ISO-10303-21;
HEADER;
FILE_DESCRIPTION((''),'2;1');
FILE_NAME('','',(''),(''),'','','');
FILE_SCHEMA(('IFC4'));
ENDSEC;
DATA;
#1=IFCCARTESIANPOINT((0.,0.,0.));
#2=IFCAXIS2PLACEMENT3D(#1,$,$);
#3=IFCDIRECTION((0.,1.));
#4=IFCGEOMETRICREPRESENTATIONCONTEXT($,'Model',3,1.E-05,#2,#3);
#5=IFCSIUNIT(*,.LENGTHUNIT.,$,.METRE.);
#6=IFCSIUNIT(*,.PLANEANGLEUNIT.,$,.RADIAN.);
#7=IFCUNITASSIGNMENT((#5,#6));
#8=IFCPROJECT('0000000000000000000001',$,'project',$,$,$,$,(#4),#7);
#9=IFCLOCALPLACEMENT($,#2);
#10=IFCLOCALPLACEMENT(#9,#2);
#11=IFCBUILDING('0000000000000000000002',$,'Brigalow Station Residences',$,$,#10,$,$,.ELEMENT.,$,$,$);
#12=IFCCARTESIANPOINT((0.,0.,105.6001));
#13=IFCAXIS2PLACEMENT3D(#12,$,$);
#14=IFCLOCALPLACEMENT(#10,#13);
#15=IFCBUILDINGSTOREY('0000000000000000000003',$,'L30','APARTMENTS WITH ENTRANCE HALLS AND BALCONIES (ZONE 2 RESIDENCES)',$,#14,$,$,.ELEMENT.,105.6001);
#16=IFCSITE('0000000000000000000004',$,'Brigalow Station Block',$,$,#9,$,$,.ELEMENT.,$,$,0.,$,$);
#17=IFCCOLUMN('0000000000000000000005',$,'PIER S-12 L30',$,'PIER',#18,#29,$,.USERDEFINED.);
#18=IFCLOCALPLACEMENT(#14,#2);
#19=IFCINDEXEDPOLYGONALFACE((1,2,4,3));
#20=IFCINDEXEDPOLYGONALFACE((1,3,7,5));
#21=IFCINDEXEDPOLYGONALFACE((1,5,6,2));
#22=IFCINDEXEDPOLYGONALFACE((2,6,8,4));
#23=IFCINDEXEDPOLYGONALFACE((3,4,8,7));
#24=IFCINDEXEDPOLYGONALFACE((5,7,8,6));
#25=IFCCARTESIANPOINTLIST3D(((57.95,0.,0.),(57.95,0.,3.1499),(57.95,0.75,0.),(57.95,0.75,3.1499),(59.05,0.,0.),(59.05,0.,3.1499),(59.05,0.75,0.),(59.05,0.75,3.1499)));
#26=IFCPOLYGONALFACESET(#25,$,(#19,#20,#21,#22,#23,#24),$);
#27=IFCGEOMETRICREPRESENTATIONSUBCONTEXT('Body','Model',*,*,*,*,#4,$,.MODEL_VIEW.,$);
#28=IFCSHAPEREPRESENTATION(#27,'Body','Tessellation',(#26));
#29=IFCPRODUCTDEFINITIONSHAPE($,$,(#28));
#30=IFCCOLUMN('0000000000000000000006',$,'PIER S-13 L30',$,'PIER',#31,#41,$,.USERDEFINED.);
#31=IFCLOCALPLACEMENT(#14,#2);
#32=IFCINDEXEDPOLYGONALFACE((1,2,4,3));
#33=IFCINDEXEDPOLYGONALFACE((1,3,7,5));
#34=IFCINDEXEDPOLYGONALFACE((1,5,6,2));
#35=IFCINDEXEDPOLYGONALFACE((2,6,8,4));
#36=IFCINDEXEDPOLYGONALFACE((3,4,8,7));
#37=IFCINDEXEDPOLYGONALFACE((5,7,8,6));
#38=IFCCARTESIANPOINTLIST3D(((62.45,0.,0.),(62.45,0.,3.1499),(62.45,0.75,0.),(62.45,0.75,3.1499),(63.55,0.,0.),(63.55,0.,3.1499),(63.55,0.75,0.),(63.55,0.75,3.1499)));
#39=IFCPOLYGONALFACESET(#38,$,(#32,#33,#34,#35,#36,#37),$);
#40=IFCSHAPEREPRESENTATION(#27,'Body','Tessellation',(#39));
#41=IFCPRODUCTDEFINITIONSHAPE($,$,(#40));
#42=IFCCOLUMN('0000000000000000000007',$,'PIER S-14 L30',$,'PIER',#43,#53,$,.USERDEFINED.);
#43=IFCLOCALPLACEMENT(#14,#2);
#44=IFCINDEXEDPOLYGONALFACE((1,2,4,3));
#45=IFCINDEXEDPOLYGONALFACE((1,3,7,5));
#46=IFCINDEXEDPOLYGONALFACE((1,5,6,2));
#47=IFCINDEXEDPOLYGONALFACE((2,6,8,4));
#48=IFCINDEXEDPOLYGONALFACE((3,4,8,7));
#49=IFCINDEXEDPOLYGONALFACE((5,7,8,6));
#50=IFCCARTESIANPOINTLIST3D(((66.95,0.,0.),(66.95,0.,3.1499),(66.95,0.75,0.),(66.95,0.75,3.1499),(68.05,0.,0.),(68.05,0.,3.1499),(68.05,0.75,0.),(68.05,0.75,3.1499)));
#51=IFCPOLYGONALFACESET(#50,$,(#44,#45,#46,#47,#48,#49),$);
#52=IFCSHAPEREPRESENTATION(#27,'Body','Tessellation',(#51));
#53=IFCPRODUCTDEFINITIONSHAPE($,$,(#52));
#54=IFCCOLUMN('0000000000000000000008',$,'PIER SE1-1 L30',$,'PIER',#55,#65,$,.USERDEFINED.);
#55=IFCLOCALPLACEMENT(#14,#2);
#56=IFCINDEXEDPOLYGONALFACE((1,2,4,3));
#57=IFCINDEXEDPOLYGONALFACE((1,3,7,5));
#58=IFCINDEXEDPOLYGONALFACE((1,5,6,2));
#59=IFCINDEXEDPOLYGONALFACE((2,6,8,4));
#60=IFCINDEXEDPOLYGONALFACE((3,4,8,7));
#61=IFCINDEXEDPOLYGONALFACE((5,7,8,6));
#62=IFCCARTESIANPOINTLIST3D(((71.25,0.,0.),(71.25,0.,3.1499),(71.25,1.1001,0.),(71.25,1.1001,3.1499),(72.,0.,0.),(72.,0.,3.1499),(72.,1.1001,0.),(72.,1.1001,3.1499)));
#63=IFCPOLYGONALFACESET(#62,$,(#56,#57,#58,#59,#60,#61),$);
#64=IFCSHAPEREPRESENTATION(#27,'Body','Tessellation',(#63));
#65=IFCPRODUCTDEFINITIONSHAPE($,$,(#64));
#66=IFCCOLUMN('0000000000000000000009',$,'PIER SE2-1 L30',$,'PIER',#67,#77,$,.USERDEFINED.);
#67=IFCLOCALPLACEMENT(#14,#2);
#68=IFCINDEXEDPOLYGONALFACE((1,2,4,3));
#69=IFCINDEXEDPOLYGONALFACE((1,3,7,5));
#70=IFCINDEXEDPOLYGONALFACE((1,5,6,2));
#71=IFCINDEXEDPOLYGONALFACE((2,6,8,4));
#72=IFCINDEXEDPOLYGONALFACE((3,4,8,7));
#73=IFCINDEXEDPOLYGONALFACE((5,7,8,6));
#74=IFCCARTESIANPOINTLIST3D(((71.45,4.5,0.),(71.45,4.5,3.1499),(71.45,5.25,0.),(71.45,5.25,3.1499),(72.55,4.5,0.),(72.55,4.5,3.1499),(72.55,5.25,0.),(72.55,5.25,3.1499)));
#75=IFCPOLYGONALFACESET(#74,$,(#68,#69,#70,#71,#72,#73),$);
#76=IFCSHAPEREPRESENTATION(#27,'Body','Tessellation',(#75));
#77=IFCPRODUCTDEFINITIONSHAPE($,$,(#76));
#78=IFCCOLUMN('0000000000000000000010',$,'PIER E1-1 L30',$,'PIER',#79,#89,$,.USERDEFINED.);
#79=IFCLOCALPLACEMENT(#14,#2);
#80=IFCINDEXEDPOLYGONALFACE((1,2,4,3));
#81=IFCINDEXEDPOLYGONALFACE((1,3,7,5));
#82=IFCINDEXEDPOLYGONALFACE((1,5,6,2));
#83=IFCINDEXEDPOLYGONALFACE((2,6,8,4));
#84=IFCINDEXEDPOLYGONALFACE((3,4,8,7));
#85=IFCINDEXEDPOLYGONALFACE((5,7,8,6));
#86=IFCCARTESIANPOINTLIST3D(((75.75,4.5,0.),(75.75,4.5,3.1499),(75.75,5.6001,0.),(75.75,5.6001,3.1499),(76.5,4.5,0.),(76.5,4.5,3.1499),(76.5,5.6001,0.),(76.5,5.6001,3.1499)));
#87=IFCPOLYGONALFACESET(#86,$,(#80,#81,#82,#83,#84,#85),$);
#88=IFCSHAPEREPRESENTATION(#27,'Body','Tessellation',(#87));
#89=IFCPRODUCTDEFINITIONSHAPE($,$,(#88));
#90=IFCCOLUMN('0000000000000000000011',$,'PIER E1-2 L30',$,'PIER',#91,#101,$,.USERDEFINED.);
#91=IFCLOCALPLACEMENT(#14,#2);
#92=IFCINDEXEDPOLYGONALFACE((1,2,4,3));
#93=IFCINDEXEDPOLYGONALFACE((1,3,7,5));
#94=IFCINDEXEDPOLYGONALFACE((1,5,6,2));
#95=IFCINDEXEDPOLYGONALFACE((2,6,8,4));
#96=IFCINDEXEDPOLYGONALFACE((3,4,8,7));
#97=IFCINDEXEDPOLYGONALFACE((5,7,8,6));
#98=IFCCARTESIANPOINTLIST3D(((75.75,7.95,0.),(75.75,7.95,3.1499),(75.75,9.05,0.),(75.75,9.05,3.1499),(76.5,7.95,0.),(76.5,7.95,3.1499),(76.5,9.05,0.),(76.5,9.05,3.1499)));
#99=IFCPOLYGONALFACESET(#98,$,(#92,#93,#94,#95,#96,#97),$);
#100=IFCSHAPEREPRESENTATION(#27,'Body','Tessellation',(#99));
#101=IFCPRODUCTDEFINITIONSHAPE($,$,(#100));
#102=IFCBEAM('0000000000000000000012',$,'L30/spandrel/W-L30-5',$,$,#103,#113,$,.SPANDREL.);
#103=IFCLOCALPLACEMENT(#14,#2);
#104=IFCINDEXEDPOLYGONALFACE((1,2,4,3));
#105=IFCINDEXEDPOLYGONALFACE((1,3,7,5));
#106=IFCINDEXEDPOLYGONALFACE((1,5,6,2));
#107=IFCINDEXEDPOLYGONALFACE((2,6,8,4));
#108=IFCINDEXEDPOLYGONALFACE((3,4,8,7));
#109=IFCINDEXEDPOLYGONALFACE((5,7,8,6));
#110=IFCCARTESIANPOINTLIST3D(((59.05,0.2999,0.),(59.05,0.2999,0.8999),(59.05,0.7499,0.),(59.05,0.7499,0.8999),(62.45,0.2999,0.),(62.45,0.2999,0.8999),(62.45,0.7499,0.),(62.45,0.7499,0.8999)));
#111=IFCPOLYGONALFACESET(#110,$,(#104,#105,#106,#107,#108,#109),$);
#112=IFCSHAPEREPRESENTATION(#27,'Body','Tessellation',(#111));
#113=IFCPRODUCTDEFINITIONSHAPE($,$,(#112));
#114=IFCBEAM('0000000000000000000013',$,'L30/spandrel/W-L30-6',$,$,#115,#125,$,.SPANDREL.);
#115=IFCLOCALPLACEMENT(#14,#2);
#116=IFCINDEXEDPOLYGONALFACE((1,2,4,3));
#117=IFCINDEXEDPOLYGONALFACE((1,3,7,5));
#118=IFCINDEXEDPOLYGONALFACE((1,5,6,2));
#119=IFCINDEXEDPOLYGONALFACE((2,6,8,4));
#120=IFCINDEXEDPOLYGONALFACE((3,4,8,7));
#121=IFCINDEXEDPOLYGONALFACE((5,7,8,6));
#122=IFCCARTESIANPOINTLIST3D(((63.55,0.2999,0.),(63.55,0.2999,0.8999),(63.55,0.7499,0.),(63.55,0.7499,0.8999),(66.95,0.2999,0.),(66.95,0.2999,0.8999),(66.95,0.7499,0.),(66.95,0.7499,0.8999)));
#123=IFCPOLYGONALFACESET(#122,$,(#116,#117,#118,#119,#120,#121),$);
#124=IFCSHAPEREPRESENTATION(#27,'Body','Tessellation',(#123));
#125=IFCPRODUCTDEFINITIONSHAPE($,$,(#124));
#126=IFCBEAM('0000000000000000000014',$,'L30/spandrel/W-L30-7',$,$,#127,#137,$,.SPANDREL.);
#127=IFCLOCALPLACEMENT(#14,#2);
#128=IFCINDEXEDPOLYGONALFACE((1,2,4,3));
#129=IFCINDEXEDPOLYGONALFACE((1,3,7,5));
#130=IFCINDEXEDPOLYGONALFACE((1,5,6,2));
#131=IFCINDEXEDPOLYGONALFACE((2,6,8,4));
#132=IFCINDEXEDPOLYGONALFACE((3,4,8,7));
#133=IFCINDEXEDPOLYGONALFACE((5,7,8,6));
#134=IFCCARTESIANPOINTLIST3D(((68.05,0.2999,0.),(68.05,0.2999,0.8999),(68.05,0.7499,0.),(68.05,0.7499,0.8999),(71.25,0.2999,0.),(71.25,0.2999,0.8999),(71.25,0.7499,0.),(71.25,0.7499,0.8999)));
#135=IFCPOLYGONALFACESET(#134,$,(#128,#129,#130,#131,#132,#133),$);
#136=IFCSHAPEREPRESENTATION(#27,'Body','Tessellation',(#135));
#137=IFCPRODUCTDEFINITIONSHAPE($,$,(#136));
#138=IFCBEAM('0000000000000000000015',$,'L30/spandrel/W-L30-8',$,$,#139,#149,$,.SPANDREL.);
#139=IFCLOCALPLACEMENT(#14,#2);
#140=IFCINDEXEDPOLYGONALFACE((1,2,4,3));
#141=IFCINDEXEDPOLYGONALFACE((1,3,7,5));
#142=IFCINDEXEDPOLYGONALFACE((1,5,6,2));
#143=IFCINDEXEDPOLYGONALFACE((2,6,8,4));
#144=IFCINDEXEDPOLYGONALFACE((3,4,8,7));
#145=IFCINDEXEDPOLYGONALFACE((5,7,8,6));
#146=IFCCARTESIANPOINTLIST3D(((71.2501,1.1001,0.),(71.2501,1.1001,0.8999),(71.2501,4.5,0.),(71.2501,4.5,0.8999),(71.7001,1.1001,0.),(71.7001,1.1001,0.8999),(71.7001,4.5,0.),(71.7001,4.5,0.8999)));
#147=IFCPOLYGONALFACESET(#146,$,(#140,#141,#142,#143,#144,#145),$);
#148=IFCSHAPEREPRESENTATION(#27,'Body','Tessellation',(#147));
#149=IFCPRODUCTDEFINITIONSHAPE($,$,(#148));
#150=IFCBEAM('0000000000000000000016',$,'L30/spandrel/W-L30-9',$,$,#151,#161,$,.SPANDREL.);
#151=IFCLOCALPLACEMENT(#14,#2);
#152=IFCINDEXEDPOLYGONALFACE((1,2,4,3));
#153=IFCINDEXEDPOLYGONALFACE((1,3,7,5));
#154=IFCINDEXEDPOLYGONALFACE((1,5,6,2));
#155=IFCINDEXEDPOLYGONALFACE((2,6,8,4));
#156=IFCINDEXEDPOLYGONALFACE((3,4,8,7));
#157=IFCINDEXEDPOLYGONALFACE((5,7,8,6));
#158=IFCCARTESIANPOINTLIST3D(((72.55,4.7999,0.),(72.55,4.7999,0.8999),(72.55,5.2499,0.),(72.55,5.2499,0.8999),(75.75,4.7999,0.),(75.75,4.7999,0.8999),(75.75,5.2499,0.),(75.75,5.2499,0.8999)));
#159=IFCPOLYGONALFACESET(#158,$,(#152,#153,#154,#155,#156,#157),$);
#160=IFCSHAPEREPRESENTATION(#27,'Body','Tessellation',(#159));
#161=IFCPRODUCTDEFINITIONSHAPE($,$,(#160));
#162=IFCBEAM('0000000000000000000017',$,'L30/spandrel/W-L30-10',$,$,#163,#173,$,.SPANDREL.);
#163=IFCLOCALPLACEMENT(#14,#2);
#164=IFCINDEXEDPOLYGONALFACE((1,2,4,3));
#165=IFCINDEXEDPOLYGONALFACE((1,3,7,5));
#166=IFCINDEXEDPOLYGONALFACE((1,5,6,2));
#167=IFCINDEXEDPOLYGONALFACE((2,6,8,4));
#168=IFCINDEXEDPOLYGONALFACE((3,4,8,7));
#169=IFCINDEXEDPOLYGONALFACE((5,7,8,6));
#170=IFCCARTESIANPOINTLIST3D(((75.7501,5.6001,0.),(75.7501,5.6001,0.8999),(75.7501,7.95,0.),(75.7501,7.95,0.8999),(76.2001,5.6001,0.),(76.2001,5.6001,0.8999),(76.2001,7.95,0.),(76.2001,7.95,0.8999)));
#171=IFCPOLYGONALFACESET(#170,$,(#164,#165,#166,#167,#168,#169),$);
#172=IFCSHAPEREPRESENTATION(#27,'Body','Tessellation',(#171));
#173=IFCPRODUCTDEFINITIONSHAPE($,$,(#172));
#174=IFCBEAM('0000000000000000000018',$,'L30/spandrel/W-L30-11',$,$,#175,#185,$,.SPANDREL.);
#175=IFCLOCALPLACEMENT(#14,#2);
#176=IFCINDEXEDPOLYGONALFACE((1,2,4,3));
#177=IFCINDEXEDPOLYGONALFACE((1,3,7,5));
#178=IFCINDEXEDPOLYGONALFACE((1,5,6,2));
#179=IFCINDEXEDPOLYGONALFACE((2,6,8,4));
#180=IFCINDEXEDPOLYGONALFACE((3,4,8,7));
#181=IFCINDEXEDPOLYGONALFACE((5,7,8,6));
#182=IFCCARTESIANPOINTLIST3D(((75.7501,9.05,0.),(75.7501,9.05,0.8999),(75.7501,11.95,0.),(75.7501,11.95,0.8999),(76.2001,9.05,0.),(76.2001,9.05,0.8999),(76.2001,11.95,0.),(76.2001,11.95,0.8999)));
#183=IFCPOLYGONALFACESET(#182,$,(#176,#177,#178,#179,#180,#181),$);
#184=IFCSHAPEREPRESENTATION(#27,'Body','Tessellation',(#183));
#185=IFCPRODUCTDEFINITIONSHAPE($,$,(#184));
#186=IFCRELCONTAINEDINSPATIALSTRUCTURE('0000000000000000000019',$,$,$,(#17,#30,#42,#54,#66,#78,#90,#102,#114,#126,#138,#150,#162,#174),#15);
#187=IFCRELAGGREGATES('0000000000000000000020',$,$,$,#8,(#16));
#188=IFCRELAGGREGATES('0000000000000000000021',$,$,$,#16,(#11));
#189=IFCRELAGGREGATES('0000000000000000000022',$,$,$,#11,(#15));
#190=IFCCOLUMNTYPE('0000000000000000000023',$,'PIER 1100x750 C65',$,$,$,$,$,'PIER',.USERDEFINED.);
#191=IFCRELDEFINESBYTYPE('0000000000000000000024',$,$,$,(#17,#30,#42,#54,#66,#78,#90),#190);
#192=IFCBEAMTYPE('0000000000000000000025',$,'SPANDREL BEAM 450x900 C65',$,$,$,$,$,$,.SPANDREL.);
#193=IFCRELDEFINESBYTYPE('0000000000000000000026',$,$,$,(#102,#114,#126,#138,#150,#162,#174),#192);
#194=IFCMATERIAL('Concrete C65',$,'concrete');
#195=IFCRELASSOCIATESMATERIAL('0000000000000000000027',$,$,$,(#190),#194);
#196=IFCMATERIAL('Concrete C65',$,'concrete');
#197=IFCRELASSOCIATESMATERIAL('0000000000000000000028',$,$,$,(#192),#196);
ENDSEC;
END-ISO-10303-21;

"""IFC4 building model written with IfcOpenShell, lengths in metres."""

from ifc_helpers import new_model, si_unit, direction, frame, origin, origin_2d, place, context, subcontext, project, spatial, rectangle, extrude, material, material_profile, profile_set, type_object, element, save


model = new_model("IFC4")

# Units and contexts
model_context = context("Model", 3, precision=1e-05, world=origin(), true_north=direction((0.0, 1.0)))
body_context = subcontext(model_context, "Body", "Model", "MODEL_VIEW")
ifc_project = project(units=[si_unit("LENGTHUNIT", "METRE"), si_unit("PLANEANGLEUNIT", "RADIAN")], contexts=[model_context])

# Site, building, storey
site_placement = place(None, origin())
site = spatial("IfcSite", under=ifc_project, at=site_placement, Name="Brigalow Station Block", CompositionType="ELEMENT", RefElevation=0.0)
building_placement = place(site_placement, origin())
building = spatial("IfcBuilding", under=site, at=building_placement, Name="Brigalow Station Residences", CompositionType="ELEMENT")
storey_placement = place(building_placement, frame((0.0, 0.0, 105.6001)))
storey = spatial("IfcBuildingStorey", under=building, at=storey_placement, Name="L30", Description="APARTMENTS WITH ENTRANCE HALLS AND BALCONIES (ZONE 2 RESIDENCES)", CompositionType="ELEMENT", Elevation=105.6001)

# Columns
ifc_material_1 = material(Name="Concrete C65", Category="concrete")
ifc_material_profile_1 = material_profile(ifc_material_1, rectangle(XDim=1.1001, YDim=0.75, at=origin_2d()), Name="RC1100x750")
ifc_profile_set_1 = profile_set([ifc_material_profile_1], Name="Concrete C65")
column_type = type_object("IfcColumnType", Name="PIER 1100x750 C65", ElementType="PIER", PredefinedType="USERDEFINED", material=ifc_profile_set_1)
for number, where, z_axis, x_axis, name in (
    (1, (58.5, 0.375, 0.0), (0.0, 0.0, 1.0), (1.0, 0.0, 0.0), "PIER S-12 L30"),
    (2, (63.0, 0.375, 0.0), (0.0, 0.0, 1.0), (1.0, 0.0, 0.0), "PIER S-13 L30"),
    (3, (67.5, 0.375, 0.0), (0.0, 0.0, 1.0), (1.0, 0.0, 0.0), "PIER S-14 L30"),
    (4, (71.625, 0.55, 0.0), (0.0, 0.0, 1.0), (0.0, 1.0, 0.0), "PIER SE1-1 L30"),
    (5, (72.0, 4.875, 0.0), (0.0, 0.0, 1.0), (1.0, 0.0, 0.0), "PIER SE2-1 L30"),
    (6, (76.125, 5.05, 0.0), (0.0, 0.0, 1.0), (0.0, 1.0, 0.0), "PIER E1-1 L30"),
    (7, (76.125, 8.5, 0.0), (0.0, 0.0, 1.0), (0.0, 1.0, 0.0), "PIER E1-2 L30"),
):
    element("IfcColumn", number, at=place(storey_placement, frame(where, z_axis=z_axis, x_axis=x_axis)), inside=storey, type_object=column_type, Name=name, ObjectType="PIER", PredefinedType="USERDEFINED", context=body_context, shape_type="SweptSolid", body=[
        extrude(rectangle(XDim=1.1001, YDim=0.75, at=origin_2d()), origin(), (0.0, 0.0, 1.0), 3.1499),
    ])

# Beams
ifc_material_2 = material(Name="Concrete C65", Category="concrete")
ifc_material_profile_2 = material_profile(ifc_material_2, rectangle(XDim=0.45, YDim=0.8999, at=origin_2d()), Name="RC450x900")
ifc_profile_set_2 = profile_set([ifc_material_profile_2], Name="Concrete C65")
beam_type = type_object("IfcBeamType", Name="SPANDREL BEAM 450x900 C65", PredefinedType="SPANDREL", material=ifc_profile_set_2)
for number, where, z_axis, x_axis, name in (
    (8, (59.05, 0.5249, 0.45), (1.0, 0.0, 0.0), (0.0, 1.0, 0.0), "L30/spandrel/W-L30-5"),
    (9, (63.55, 0.5249, 0.45), (1.0, 0.0, 0.0), (0.0, 1.0, 0.0), "L30/spandrel/W-L30-6"),
):
    element("IfcBeam", number, at=place(storey_placement, frame(where, z_axis=z_axis, x_axis=x_axis)), inside=storey, type_object=beam_type, Name=name, PredefinedType="SPANDREL", context=body_context, shape_type="SweptSolid", body=[
        extrude(rectangle(XDim=0.45, YDim=0.8999, at=origin_2d()), origin(), (0.0, 0.0, 1.0), 3.3999),
    ])
beam_1_placement = place(storey_placement, frame((68.05, 0.5249, 0.45), z_axis=(1.0, 0.0, 0.0), x_axis=(0.0, 1.0, 0.0)))
element("IfcBeam", 10, at=beam_1_placement, inside=storey, type_object=beam_type, Name="L30/spandrel/W-L30-7", PredefinedType="SPANDREL", context=body_context, shape_type="SweptSolid", body=[
    extrude(rectangle(XDim=0.45, YDim=0.8999, at=origin_2d()), origin(), (0.0, 0.0, 1.0), 3.2),
])
beam_2_placement = place(storey_placement, frame((71.4751, 1.1001, 0.45), z_axis=(0.0, 1.0, 0.0), x_axis=(-1.0, 0.0, 0.0)))
element("IfcBeam", 11, at=beam_2_placement, inside=storey, type_object=beam_type, Name="L30/spandrel/W-L30-8", PredefinedType="SPANDREL", context=body_context, shape_type="SweptSolid", body=[
    extrude(rectangle(XDim=0.45, YDim=0.8999, at=origin_2d()), origin(), (0.0, 0.0, 1.0), 3.3999),
])
beam_3_placement = place(storey_placement, frame((72.55, 5.0249, 0.45), z_axis=(1.0, 0.0, 0.0), x_axis=(0.0, 1.0, 0.0)))
element("IfcBeam", 12, at=beam_3_placement, inside=storey, type_object=beam_type, Name="L30/spandrel/W-L30-9", PredefinedType="SPANDREL", context=body_context, shape_type="SweptSolid", body=[
    extrude(rectangle(XDim=0.45, YDim=0.8999, at=origin_2d()), origin(), (0.0, 0.0, 1.0), 3.2),
])
beam_4_placement = place(storey_placement, frame((75.9751, 5.6001, 0.45), z_axis=(0.0, 1.0, 0.0), x_axis=(-1.0, 0.0, 0.0)))
element("IfcBeam", 13, at=beam_4_placement, inside=storey, type_object=beam_type, Name="L30/spandrel/W-L30-10", PredefinedType="SPANDREL", context=body_context, shape_type="SweptSolid", body=[
    extrude(rectangle(XDim=0.45, YDim=0.8999, at=origin_2d()), origin(), (0.0, 0.0, 1.0), 2.3499),
])
beam_5_placement = place(storey_placement, frame((75.9751, 9.05, 0.45), z_axis=(0.0, 1.0, 0.0), x_axis=(-1.0, 0.0, 0.0)))
element("IfcBeam", 14, at=beam_5_placement, inside=storey, type_object=beam_type, Name="L30/spandrel/W-L30-11", PredefinedType="SPANDREL", context=body_context, shape_type="SweptSolid", body=[
    extrude(rectangle(XDim=0.45, YDim=0.8999, at=origin_2d()), origin(), (0.0, 0.0, 1.0), 2.8999),
])

save(model, "model.ifc")
